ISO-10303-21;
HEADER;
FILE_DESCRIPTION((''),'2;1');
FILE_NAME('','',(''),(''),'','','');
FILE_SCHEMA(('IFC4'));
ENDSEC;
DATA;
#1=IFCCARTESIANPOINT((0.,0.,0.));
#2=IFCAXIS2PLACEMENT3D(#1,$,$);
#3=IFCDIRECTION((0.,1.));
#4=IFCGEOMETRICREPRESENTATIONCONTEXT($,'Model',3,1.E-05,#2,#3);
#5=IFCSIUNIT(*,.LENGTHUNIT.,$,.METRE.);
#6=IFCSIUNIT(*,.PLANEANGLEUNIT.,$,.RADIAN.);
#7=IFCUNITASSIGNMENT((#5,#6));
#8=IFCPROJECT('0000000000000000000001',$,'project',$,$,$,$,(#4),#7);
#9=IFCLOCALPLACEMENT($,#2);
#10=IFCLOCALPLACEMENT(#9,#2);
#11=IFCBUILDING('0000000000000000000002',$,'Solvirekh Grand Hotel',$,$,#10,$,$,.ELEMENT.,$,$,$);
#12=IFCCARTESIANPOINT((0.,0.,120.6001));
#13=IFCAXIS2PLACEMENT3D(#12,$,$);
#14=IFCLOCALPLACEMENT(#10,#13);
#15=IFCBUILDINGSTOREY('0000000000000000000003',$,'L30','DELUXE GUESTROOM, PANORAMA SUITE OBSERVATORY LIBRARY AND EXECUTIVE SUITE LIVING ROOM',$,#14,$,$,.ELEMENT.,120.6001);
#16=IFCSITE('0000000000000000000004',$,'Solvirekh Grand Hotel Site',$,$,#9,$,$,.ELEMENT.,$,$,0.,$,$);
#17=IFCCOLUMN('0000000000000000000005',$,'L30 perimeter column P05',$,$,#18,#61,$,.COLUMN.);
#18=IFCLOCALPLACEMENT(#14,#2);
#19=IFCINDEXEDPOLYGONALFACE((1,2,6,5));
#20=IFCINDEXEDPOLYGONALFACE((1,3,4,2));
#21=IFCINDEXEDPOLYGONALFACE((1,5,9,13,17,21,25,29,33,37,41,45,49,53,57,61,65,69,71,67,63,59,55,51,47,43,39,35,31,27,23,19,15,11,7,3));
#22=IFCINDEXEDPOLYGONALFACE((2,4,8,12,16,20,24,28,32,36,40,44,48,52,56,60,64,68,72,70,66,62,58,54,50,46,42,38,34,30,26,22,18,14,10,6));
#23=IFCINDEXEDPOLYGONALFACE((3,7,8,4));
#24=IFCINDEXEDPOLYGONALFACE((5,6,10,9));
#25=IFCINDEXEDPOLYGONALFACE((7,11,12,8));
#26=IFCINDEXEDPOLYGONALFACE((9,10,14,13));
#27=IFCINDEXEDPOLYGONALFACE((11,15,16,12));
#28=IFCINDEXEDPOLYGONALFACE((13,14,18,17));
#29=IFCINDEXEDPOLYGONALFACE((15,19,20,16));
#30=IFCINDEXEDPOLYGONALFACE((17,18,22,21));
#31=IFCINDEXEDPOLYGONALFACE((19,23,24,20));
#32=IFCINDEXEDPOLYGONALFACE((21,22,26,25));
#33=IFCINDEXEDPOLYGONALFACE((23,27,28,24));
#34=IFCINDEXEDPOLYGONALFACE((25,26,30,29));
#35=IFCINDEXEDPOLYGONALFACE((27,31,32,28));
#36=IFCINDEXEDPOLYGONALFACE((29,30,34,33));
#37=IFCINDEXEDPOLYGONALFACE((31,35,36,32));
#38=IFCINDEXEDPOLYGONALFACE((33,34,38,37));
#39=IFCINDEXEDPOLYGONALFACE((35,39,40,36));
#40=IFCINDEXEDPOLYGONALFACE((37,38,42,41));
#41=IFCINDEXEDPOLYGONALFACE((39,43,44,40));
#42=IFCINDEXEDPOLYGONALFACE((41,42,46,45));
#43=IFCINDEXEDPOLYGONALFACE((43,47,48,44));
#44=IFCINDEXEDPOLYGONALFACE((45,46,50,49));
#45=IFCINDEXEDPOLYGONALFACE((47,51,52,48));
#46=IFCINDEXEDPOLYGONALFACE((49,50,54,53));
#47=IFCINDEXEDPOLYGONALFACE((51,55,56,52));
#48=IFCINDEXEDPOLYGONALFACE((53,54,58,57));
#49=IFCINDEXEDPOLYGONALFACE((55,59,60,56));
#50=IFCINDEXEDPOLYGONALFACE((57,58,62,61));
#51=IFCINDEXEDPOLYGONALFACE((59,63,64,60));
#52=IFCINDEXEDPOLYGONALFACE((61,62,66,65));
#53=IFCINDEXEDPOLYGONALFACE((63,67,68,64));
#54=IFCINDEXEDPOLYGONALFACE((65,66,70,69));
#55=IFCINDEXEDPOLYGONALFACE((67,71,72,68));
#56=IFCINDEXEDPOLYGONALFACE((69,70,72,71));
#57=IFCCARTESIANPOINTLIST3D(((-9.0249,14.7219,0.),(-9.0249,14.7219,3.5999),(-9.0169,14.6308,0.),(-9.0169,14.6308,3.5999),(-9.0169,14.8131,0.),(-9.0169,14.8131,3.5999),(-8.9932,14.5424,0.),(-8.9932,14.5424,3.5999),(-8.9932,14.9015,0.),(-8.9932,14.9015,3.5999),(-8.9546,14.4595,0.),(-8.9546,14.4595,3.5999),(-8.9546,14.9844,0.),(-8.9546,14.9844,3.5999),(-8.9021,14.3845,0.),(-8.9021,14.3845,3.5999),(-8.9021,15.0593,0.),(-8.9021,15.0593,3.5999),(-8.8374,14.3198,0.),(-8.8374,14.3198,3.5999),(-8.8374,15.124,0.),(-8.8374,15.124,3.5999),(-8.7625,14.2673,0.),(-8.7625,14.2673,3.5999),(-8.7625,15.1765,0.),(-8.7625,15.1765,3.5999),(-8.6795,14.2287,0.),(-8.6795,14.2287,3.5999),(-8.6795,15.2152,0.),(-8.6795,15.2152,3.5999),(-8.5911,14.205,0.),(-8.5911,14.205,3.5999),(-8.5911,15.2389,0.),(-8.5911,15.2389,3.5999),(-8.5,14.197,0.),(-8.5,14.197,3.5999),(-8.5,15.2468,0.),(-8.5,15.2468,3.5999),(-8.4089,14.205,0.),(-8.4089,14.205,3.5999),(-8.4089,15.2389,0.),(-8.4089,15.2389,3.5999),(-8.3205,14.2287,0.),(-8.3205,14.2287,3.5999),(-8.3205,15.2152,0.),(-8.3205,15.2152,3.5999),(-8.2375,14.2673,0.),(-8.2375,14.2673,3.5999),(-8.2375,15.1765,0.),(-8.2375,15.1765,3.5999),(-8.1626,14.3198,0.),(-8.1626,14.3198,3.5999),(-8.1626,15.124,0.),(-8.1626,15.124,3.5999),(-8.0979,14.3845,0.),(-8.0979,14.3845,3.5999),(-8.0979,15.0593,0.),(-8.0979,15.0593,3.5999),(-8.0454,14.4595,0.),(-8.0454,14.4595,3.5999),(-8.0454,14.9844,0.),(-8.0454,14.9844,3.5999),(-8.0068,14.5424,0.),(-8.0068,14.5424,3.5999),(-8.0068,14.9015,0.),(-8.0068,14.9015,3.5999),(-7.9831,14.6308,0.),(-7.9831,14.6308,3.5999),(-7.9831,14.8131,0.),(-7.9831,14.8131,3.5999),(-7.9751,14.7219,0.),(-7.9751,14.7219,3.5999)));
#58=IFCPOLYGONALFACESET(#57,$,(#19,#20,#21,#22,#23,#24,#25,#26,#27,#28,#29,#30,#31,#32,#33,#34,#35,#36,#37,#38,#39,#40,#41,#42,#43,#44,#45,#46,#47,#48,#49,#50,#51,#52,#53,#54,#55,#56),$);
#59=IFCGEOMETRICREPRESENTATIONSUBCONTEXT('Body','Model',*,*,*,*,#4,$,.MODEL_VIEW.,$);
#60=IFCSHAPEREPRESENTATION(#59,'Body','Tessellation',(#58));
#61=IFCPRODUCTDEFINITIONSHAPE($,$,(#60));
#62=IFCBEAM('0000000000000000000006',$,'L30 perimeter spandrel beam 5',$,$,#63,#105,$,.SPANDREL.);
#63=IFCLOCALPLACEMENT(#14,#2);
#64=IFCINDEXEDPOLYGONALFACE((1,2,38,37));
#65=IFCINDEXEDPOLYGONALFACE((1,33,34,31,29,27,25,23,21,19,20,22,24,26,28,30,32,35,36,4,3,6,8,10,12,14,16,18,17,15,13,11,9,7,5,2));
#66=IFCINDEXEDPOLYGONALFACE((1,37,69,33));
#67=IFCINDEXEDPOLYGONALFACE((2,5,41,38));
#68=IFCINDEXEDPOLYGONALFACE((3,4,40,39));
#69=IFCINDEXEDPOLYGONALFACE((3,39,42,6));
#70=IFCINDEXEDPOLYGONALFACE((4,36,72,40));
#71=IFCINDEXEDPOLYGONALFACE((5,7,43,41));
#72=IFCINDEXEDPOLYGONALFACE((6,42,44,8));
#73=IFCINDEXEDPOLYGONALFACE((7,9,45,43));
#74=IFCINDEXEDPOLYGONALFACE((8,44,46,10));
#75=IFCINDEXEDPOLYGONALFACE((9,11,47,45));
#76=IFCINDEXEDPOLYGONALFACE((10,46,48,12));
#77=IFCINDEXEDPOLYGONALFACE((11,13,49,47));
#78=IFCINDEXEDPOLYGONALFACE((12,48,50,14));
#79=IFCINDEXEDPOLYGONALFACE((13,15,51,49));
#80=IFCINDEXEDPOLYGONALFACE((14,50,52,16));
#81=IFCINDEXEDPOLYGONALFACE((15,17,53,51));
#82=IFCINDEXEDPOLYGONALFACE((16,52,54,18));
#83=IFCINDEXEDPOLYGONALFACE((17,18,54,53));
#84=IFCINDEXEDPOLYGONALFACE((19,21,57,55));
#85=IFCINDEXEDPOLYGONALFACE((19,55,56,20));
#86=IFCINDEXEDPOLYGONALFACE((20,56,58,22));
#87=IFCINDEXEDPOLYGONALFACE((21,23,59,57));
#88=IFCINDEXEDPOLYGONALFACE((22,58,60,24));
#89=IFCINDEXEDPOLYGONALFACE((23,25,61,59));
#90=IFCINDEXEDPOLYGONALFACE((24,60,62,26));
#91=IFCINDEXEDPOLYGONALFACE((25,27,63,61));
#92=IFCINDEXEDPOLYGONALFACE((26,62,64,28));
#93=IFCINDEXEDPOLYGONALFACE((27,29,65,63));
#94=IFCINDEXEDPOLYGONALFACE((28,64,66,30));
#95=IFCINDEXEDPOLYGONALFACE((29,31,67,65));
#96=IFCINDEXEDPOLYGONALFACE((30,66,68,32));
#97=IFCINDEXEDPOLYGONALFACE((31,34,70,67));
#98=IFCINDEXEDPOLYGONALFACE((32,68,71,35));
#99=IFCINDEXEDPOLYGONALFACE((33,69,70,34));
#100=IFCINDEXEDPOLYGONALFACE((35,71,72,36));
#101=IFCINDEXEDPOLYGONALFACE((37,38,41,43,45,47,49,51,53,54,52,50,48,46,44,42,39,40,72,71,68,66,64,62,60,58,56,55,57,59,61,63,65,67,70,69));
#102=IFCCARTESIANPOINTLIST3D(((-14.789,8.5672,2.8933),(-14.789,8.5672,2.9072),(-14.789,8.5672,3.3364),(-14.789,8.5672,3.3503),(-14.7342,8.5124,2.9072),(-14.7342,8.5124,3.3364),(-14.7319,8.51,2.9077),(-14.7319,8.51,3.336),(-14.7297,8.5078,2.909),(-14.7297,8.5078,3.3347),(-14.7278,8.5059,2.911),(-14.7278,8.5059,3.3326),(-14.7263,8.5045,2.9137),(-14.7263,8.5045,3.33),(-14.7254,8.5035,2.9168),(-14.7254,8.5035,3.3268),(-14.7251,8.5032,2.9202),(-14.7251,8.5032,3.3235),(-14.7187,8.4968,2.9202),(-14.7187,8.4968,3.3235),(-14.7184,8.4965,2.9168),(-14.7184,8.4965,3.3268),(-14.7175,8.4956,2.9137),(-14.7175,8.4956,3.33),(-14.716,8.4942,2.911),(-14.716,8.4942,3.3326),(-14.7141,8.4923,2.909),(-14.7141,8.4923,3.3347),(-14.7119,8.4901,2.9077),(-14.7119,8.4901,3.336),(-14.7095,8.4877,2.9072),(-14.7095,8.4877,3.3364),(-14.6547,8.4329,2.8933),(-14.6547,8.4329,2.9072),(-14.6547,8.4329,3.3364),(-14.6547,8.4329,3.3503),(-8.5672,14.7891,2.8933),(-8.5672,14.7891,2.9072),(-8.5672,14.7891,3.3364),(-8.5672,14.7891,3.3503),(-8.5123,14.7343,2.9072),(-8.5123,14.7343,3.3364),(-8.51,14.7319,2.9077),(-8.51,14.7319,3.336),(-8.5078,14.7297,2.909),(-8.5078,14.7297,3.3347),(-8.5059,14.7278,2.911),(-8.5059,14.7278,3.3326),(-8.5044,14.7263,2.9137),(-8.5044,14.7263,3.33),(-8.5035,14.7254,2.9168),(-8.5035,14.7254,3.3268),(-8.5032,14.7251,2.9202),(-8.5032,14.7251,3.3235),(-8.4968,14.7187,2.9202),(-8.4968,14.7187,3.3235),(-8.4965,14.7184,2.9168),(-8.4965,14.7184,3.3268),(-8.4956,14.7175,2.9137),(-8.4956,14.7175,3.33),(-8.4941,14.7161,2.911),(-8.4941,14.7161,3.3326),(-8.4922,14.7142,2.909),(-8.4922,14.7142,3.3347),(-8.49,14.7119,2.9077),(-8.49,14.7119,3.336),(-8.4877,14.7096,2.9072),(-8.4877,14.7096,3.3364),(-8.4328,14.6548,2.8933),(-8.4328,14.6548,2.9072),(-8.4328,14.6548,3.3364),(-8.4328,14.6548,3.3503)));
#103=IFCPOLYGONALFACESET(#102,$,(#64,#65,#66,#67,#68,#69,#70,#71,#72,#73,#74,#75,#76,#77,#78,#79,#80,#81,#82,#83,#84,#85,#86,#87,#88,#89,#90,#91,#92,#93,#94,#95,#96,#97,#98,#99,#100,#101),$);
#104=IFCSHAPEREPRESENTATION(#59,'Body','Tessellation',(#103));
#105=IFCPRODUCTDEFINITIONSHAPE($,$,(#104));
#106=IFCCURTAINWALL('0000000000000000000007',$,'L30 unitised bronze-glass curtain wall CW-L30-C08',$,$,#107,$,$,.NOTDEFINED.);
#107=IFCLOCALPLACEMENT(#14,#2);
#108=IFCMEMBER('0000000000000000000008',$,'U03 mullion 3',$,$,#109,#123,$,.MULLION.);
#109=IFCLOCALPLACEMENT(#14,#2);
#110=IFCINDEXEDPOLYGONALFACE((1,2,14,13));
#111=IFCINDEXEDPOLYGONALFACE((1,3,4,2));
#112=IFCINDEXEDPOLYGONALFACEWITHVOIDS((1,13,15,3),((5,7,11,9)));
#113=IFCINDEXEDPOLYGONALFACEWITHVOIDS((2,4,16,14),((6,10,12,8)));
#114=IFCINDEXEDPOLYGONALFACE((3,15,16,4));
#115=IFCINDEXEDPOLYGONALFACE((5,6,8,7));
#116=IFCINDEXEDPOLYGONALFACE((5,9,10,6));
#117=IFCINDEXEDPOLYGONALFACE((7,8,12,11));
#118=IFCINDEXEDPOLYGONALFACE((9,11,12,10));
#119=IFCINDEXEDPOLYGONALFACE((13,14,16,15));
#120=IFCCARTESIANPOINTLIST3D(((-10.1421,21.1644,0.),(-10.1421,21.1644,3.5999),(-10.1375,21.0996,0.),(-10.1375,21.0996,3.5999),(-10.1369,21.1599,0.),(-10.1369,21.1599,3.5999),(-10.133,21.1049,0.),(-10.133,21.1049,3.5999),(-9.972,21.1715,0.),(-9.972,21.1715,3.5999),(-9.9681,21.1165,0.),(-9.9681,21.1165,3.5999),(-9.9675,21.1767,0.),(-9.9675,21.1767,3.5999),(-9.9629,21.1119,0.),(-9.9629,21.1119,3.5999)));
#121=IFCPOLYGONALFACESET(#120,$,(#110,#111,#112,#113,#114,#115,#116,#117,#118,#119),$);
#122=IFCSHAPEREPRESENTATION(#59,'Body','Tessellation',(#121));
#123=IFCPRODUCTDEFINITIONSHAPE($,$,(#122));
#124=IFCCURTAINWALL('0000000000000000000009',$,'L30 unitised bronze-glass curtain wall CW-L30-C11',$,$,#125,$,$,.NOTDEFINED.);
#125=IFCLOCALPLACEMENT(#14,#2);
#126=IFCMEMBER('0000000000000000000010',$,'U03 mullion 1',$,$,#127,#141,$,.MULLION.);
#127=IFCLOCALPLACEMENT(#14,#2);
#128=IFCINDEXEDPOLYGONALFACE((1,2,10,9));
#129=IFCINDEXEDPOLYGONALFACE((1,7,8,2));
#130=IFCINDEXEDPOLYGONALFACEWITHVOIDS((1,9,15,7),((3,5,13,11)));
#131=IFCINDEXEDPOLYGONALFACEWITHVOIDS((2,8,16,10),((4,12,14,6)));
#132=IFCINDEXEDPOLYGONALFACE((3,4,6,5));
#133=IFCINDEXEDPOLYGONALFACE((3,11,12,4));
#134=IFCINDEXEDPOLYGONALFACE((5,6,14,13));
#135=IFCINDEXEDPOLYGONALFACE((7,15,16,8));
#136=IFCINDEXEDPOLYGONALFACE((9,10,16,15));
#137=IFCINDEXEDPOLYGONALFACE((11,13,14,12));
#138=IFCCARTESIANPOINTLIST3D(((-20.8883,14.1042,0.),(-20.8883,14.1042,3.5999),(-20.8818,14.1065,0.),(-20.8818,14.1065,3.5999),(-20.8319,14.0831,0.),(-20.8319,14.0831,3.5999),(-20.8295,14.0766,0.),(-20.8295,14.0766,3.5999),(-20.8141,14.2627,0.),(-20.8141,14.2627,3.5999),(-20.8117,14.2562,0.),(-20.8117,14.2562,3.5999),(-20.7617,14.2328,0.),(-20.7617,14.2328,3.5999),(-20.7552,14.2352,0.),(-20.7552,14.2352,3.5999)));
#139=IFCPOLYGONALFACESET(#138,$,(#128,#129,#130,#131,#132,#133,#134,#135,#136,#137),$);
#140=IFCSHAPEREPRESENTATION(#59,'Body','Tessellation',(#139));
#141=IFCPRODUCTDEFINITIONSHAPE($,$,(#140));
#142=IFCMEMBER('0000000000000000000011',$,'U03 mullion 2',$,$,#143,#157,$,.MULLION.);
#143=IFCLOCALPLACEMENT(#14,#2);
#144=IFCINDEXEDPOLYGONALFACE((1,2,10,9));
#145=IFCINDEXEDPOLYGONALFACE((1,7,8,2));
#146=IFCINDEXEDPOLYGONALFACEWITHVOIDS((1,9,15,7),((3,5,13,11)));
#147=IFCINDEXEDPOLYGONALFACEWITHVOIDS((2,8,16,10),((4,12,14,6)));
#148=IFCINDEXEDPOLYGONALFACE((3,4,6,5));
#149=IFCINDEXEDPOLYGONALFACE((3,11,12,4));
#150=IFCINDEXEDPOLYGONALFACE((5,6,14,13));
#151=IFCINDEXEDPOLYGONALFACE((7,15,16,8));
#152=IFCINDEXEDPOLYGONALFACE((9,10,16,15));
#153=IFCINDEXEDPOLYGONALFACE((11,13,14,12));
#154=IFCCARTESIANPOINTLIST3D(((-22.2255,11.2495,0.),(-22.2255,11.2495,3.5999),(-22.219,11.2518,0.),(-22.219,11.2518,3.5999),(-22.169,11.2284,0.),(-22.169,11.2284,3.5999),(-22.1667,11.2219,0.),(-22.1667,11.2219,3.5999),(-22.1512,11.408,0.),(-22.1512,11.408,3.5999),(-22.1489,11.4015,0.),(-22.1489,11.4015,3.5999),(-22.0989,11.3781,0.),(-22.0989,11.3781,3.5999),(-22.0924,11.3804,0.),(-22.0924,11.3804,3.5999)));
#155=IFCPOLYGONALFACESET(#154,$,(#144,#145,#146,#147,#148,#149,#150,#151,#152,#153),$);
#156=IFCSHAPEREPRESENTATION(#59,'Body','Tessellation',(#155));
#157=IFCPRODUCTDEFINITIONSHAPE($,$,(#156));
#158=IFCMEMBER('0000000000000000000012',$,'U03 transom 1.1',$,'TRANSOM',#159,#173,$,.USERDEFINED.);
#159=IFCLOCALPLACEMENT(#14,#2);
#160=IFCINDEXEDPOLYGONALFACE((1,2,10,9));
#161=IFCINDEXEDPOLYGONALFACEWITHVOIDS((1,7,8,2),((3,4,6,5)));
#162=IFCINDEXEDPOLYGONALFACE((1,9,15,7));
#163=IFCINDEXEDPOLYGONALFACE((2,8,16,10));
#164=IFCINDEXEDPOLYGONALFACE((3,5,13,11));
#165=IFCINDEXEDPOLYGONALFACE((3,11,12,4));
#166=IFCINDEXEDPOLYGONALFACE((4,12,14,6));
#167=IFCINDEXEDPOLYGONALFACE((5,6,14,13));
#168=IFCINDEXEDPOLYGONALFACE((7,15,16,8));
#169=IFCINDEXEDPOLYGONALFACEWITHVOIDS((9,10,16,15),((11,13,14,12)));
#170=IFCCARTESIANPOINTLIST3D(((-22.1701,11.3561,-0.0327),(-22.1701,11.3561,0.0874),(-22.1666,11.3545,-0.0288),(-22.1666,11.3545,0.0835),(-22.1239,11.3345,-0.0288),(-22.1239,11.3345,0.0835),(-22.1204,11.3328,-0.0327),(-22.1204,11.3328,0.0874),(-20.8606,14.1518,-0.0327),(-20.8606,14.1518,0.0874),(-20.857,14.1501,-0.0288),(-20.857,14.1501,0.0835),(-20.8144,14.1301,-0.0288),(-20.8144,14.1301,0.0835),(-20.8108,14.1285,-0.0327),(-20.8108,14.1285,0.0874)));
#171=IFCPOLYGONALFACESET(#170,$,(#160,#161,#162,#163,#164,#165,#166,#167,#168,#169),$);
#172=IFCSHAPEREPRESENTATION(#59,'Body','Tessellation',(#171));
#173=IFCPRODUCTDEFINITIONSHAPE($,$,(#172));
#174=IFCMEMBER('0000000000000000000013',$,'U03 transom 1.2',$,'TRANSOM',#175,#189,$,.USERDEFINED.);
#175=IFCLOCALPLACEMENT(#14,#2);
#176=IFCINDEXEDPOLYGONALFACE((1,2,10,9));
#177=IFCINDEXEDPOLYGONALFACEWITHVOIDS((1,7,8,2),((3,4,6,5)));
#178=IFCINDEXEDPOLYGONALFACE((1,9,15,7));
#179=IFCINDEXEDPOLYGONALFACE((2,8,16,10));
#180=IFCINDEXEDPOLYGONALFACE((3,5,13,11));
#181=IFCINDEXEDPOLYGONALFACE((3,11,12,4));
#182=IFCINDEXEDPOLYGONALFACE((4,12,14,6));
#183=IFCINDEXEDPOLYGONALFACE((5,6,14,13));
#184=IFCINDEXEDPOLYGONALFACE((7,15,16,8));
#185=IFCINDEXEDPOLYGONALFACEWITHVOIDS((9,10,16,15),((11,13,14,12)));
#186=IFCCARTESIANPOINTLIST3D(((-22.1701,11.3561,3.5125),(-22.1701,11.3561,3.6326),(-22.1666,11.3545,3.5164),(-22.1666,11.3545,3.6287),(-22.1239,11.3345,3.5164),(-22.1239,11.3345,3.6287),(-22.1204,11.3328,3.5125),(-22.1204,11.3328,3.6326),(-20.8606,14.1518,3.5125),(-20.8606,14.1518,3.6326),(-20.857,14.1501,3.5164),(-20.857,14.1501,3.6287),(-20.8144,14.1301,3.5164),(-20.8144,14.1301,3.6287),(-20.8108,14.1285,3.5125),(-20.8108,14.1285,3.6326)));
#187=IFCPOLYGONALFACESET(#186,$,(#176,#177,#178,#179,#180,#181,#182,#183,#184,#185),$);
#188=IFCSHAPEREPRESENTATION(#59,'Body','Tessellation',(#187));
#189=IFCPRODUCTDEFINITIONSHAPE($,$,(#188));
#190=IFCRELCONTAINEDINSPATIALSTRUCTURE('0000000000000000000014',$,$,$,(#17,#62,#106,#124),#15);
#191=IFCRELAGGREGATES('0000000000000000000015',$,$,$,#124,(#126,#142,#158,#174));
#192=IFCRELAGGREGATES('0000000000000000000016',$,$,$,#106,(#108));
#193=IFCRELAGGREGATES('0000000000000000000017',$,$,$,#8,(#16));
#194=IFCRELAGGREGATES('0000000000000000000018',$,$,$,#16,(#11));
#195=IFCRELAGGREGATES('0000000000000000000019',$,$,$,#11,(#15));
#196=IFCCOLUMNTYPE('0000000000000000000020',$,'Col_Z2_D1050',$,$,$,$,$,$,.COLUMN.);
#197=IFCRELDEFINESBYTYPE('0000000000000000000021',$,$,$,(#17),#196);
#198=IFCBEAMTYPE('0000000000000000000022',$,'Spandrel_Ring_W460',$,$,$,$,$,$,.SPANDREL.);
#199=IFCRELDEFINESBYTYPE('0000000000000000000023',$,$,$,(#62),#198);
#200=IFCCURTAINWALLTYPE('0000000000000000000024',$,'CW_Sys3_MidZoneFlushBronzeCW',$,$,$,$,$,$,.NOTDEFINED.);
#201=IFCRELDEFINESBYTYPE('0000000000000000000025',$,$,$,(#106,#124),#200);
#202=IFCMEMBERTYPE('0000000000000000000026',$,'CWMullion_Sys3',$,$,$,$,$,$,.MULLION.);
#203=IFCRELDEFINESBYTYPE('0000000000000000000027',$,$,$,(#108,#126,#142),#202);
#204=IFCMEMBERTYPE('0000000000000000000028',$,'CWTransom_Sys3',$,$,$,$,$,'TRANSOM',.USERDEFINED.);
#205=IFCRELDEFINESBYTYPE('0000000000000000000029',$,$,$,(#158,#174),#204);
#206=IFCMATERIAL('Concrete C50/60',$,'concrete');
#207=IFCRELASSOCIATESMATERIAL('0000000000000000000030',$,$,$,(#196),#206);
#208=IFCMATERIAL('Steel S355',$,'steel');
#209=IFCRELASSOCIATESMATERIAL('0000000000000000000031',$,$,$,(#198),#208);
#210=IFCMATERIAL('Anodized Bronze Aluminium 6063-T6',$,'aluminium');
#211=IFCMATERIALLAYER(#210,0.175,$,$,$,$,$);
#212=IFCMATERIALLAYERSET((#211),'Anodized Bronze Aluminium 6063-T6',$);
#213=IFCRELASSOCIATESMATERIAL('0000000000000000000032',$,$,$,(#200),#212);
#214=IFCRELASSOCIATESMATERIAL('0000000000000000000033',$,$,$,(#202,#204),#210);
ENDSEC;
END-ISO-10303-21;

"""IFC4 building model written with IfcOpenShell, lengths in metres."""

from ifc_helpers import new_model, si_unit, direction, frame, origin, origin_2d, place, context, subcontext, project, spatial, hollow_rectangle, circle, i_section, extrude, source, transform, mapped, material, layer, layer_set, material_profile, profile_set, type_object, element, aggregate, save


model = new_model("IFC4")

# Units and contexts
model_context = context("Model", 3, precision=1e-05, world=origin(), true_north=direction((0.0, 1.0)))
body_context = subcontext(model_context, "Body", "Model", "MODEL_VIEW")
ifc_project = project(units=[si_unit("LENGTHUNIT", "METRE"), si_unit("PLANEANGLEUNIT", "RADIAN")], contexts=[model_context])

# Site, building, storey
site_placement = place(None, origin())
site = spatial("IfcSite", under=ifc_project, at=site_placement, Name="Solvirekh Grand Hotel Site", CompositionType="ELEMENT", RefElevation=0.0)
building_placement = place(site_placement, origin())
building = spatial("IfcBuilding", under=site, at=building_placement, Name="Solvirekh Grand Hotel", CompositionType="ELEMENT")
storey_placement = place(building_placement, frame((0.0, 0.0, 120.6001)))
storey = spatial("IfcBuildingStorey", under=building, at=storey_placement, Name="L30", Description="DELUXE GUESTROOM, PANORAMA SUITE OBSERVATORY LIBRARY AND EXECUTIVE SUITE LIVING ROOM", CompositionType="ELEMENT", Elevation=120.6001)

# Column
ifc_material_1 = material(Name="Concrete C50/60", Category="concrete")
ifc_material_profile_1 = material_profile(ifc_material_1, circle(Radius=0.5249, at=origin_2d()), Name="RC CIRC D1050")
ifc_profile_set_1 = profile_set([ifc_material_profile_1], Name="Concrete C50/60")
column_type = type_object("IfcColumnType", Name="Col_Z2_D1050", PredefinedType="COLUMN", material=ifc_profile_set_1)
column_placement = place(storey_placement, frame((-8.5, 14.7219, 0.0), z_axis=(0.0, 0.0, 1.0), x_axis=(1.0, 0.0, 0.0)))
element("IfcColumn", 1, at=column_placement, inside=storey, type_object=column_type, Name="L30 perimeter column P05", PredefinedType="COLUMN", context=body_context, shape_type="SweptSolid", body=[
    extrude(circle(Radius=0.5249, at=origin_2d()), origin(), (0.0, 0.0, 1.0), 3.5999),
])

# Beam
ifc_material_2 = material(Name="Steel S355", Category="steel")
ifc_material_profile_2 = material_profile(ifc_material_2, i_section(OverallWidth=0.1899, OverallDepth=0.457, WebThickness=0.009, FlangeThickness=0.0139, FilletRadius=0.0129, at=origin_2d()), Name="W460X74")
ifc_profile_set_2 = profile_set([ifc_material_profile_2], Name="Steel S355")
beam_type = type_object("IfcBeamType", Name="Spandrel_Ring_W460", PredefinedType="SPANDREL", material=ifc_profile_set_2)
beam_placement = place(storey_placement, frame((-8.5, 14.7219, 3.1218), z_axis=(-0.707107, -0.707107, 0.0), x_axis=(0.707107, -0.707107, 0.0)))
element("IfcBeam", 2, at=beam_placement, inside=storey, type_object=beam_type, Name="L30 perimeter spandrel beam 5", PredefinedType="SPANDREL", context=body_context, shape_type="SweptSolid", body=[
    extrude(i_section(OverallWidth=0.1899, OverallDepth=0.457, WebThickness=0.009, FlangeThickness=0.0139, FilletRadius=0.0129, at=origin_2d()), origin(), (0.0, 0.0, 1.0), 8.7991),
])

# Curtain wall, member
ifc_material_3 = material(Name="Anodized Bronze Aluminium 6063-T6", Category="aluminium")
ifc_layer_1 = layer(ifc_material_3, 0.175)
ifc_layer_set_1 = layer_set([ifc_layer_1], Name="Anodized Bronze Aluminium 6063-T6")
curtain_wall_type = type_object("IfcCurtainWallType", Name="CW_Sys3_MidZoneFlushBronzeCW", PredefinedType="NOTDEFINED", material=ifc_layer_set_1)
curtain_wall_1_placement = place(storey_placement, origin())
curtain_wall_1 = element("IfcCurtainWall", 3, at=curtain_wall_1_placement, inside=storey, type_object=curtain_wall_type, Name="L30 unitised bronze-glass curtain wall CW-L30-C08", PredefinedType="NOTDEFINED")
ifc_material_profile_3 = material_profile(ifc_material_3, hollow_rectangle(XDim=0.0649, YDim=0.175, WallThickness=0.0049, at=origin_2d()), Name="ALU RHS 175X65X5")
ifc_profile_set_3 = profile_set([ifc_material_profile_3], Name="Anodized Bronze Aluminium 6063-T6")
member_type_1 = type_object("IfcMemberType", Name="CWMullion_Sys3", PredefinedType="MULLION", material=ifc_profile_set_3)
shared_shape_1 = source(origin(), body_context, "Body", "SweptSolid", [
    extrude(hollow_rectangle(XDim=0.0649, YDim=0.175, WallThickness=0.0049, at=origin_2d()), origin(), (0.0, 0.0, 1.0), 3.5999),
])
member_1_placement = place(storey_placement, frame((-10.0525, 21.1382, 0.0), z_axis=(0.0, 0.0, 1.0), x_axis=(0.070251, -0.997529, 0.0)))
member_1 = element("IfcMember", 4, at=member_1_placement, type_object=member_type_1, Name="U03 mullion 3", PredefinedType="MULLION", context=body_context, shape_type="MappedRepresentation", body=[
    mapped(shared_shape_1, transform((0.0, 0.0, 0.0), x_axis=(1.0, 0.0, 0.0), y_axis=(0.0, 1.0, 0.0), z_axis=(0.0, 0.0, 1.0), scale=1.0)),
])

# Curtain wall, members
curtain_wall_2_placement = place(storey_placement, origin())
curtain_wall_2 = element("IfcCurtainWall", 5, at=curtain_wall_2_placement, inside=storey, type_object=curtain_wall_type, Name="L30 unitised bronze-glass curtain wall CW-L30-C11", PredefinedType="NOTDEFINED")
member_2_placement = place(storey_placement, frame((-20.8218, 14.1697, 0.0), z_axis=(0.0, 0.0, 1.0), x_axis=(0.905564, -0.424209, 0.0)))
member_2 = element("IfcMember", 6, at=member_2_placement, type_object=member_type_1, Name="U03 mullion 1", PredefinedType="MULLION", context=body_context, shape_type="MappedRepresentation", body=[
    mapped(shared_shape_1, transform((0.0, 0.0, 0.0), x_axis=(1.0, 0.0, 0.0), y_axis=(0.0, 1.0, 0.0), z_axis=(0.0, 0.0, 1.0), scale=1.0)),
])
member_3_placement = place(storey_placement, frame((-22.1589, 11.3149, 0.0), z_axis=(0.0, 0.0, 1.0), x_axis=(0.905564, -0.424209, 0.0)))
member_3 = element("IfcMember", 7, at=member_3_placement, type_object=member_type_1, Name="U03 mullion 2", PredefinedType="MULLION", context=body_context, shape_type="MappedRepresentation", body=[
    mapped(shared_shape_1, transform((0.0, 0.0, 0.0), x_axis=(1.0, 0.0, 0.0), y_axis=(0.0, 1.0, 0.0), z_axis=(0.0, 0.0, 1.0), scale=1.0)),
])
ifc_material_profile_4 = material_profile(ifc_material_3, hollow_rectangle(XDim=0.0549, YDim=0.1201, WallThickness=0.0039, at=origin_2d()), Name="ALU RHS 120X55X4")
ifc_profile_set_4 = profile_set([ifc_material_profile_4], Name="Anodized Bronze Aluminium 6063-T6")
member_type_2 = type_object("IfcMemberType", Name="CWTransom_Sys3", ElementType="TRANSOM", PredefinedType="USERDEFINED", material=ifc_profile_set_4)
shared_shape_2 = source(origin(), body_context, "Body", "SweptSolid", [
    extrude(hollow_rectangle(XDim=0.0549, YDim=0.1201, WallThickness=0.0039, at=origin_2d()), origin(), (0.0, 0.0, 1.0), 3.0872),
])
member_4_placement = place(storey_placement, frame((-20.8357, 14.1401, 0.0273), z_axis=(-0.424197, -0.90557, 0.0), x_axis=(0.90557, -0.424197, 0.0)))
member_4 = element("IfcMember", 8, at=member_4_placement, type_object=member_type_2, Name="U03 transom 1.1", ObjectType="TRANSOM", PredefinedType="USERDEFINED", context=body_context, shape_type="MappedRepresentation", body=[
    mapped(shared_shape_2, transform((0.0, 0.0, 0.0), x_axis=(1.0, 0.0, 0.0), y_axis=(0.0, 1.0, 0.0), z_axis=(0.0, 0.0, 1.0), scale=1.0)),
])
member_5_placement = place(storey_placement, frame((-20.8357, 14.1401, 3.5725), z_axis=(-0.424197, -0.90557, 0.0), x_axis=(0.90557, -0.424197, 0.0)))
member_5 = element("IfcMember", 9, at=member_5_placement, type_object=member_type_2, Name="U03 transom 1.2", ObjectType="TRANSOM", PredefinedType="USERDEFINED", context=body_context, shape_type="MappedRepresentation", body=[
    mapped(shared_shape_2, transform((0.0, 0.0, 0.0), x_axis=(1.0, 0.0, 0.0), y_axis=(0.0, 1.0, 0.0), z_axis=(0.0, 0.0, 1.0), scale=1.0)),
])
aggregate(curtain_wall_2, [member_2, member_3, member_4, member_5])

aggregate(curtain_wall_1, [member_1])

save(model, "model.ifc")
